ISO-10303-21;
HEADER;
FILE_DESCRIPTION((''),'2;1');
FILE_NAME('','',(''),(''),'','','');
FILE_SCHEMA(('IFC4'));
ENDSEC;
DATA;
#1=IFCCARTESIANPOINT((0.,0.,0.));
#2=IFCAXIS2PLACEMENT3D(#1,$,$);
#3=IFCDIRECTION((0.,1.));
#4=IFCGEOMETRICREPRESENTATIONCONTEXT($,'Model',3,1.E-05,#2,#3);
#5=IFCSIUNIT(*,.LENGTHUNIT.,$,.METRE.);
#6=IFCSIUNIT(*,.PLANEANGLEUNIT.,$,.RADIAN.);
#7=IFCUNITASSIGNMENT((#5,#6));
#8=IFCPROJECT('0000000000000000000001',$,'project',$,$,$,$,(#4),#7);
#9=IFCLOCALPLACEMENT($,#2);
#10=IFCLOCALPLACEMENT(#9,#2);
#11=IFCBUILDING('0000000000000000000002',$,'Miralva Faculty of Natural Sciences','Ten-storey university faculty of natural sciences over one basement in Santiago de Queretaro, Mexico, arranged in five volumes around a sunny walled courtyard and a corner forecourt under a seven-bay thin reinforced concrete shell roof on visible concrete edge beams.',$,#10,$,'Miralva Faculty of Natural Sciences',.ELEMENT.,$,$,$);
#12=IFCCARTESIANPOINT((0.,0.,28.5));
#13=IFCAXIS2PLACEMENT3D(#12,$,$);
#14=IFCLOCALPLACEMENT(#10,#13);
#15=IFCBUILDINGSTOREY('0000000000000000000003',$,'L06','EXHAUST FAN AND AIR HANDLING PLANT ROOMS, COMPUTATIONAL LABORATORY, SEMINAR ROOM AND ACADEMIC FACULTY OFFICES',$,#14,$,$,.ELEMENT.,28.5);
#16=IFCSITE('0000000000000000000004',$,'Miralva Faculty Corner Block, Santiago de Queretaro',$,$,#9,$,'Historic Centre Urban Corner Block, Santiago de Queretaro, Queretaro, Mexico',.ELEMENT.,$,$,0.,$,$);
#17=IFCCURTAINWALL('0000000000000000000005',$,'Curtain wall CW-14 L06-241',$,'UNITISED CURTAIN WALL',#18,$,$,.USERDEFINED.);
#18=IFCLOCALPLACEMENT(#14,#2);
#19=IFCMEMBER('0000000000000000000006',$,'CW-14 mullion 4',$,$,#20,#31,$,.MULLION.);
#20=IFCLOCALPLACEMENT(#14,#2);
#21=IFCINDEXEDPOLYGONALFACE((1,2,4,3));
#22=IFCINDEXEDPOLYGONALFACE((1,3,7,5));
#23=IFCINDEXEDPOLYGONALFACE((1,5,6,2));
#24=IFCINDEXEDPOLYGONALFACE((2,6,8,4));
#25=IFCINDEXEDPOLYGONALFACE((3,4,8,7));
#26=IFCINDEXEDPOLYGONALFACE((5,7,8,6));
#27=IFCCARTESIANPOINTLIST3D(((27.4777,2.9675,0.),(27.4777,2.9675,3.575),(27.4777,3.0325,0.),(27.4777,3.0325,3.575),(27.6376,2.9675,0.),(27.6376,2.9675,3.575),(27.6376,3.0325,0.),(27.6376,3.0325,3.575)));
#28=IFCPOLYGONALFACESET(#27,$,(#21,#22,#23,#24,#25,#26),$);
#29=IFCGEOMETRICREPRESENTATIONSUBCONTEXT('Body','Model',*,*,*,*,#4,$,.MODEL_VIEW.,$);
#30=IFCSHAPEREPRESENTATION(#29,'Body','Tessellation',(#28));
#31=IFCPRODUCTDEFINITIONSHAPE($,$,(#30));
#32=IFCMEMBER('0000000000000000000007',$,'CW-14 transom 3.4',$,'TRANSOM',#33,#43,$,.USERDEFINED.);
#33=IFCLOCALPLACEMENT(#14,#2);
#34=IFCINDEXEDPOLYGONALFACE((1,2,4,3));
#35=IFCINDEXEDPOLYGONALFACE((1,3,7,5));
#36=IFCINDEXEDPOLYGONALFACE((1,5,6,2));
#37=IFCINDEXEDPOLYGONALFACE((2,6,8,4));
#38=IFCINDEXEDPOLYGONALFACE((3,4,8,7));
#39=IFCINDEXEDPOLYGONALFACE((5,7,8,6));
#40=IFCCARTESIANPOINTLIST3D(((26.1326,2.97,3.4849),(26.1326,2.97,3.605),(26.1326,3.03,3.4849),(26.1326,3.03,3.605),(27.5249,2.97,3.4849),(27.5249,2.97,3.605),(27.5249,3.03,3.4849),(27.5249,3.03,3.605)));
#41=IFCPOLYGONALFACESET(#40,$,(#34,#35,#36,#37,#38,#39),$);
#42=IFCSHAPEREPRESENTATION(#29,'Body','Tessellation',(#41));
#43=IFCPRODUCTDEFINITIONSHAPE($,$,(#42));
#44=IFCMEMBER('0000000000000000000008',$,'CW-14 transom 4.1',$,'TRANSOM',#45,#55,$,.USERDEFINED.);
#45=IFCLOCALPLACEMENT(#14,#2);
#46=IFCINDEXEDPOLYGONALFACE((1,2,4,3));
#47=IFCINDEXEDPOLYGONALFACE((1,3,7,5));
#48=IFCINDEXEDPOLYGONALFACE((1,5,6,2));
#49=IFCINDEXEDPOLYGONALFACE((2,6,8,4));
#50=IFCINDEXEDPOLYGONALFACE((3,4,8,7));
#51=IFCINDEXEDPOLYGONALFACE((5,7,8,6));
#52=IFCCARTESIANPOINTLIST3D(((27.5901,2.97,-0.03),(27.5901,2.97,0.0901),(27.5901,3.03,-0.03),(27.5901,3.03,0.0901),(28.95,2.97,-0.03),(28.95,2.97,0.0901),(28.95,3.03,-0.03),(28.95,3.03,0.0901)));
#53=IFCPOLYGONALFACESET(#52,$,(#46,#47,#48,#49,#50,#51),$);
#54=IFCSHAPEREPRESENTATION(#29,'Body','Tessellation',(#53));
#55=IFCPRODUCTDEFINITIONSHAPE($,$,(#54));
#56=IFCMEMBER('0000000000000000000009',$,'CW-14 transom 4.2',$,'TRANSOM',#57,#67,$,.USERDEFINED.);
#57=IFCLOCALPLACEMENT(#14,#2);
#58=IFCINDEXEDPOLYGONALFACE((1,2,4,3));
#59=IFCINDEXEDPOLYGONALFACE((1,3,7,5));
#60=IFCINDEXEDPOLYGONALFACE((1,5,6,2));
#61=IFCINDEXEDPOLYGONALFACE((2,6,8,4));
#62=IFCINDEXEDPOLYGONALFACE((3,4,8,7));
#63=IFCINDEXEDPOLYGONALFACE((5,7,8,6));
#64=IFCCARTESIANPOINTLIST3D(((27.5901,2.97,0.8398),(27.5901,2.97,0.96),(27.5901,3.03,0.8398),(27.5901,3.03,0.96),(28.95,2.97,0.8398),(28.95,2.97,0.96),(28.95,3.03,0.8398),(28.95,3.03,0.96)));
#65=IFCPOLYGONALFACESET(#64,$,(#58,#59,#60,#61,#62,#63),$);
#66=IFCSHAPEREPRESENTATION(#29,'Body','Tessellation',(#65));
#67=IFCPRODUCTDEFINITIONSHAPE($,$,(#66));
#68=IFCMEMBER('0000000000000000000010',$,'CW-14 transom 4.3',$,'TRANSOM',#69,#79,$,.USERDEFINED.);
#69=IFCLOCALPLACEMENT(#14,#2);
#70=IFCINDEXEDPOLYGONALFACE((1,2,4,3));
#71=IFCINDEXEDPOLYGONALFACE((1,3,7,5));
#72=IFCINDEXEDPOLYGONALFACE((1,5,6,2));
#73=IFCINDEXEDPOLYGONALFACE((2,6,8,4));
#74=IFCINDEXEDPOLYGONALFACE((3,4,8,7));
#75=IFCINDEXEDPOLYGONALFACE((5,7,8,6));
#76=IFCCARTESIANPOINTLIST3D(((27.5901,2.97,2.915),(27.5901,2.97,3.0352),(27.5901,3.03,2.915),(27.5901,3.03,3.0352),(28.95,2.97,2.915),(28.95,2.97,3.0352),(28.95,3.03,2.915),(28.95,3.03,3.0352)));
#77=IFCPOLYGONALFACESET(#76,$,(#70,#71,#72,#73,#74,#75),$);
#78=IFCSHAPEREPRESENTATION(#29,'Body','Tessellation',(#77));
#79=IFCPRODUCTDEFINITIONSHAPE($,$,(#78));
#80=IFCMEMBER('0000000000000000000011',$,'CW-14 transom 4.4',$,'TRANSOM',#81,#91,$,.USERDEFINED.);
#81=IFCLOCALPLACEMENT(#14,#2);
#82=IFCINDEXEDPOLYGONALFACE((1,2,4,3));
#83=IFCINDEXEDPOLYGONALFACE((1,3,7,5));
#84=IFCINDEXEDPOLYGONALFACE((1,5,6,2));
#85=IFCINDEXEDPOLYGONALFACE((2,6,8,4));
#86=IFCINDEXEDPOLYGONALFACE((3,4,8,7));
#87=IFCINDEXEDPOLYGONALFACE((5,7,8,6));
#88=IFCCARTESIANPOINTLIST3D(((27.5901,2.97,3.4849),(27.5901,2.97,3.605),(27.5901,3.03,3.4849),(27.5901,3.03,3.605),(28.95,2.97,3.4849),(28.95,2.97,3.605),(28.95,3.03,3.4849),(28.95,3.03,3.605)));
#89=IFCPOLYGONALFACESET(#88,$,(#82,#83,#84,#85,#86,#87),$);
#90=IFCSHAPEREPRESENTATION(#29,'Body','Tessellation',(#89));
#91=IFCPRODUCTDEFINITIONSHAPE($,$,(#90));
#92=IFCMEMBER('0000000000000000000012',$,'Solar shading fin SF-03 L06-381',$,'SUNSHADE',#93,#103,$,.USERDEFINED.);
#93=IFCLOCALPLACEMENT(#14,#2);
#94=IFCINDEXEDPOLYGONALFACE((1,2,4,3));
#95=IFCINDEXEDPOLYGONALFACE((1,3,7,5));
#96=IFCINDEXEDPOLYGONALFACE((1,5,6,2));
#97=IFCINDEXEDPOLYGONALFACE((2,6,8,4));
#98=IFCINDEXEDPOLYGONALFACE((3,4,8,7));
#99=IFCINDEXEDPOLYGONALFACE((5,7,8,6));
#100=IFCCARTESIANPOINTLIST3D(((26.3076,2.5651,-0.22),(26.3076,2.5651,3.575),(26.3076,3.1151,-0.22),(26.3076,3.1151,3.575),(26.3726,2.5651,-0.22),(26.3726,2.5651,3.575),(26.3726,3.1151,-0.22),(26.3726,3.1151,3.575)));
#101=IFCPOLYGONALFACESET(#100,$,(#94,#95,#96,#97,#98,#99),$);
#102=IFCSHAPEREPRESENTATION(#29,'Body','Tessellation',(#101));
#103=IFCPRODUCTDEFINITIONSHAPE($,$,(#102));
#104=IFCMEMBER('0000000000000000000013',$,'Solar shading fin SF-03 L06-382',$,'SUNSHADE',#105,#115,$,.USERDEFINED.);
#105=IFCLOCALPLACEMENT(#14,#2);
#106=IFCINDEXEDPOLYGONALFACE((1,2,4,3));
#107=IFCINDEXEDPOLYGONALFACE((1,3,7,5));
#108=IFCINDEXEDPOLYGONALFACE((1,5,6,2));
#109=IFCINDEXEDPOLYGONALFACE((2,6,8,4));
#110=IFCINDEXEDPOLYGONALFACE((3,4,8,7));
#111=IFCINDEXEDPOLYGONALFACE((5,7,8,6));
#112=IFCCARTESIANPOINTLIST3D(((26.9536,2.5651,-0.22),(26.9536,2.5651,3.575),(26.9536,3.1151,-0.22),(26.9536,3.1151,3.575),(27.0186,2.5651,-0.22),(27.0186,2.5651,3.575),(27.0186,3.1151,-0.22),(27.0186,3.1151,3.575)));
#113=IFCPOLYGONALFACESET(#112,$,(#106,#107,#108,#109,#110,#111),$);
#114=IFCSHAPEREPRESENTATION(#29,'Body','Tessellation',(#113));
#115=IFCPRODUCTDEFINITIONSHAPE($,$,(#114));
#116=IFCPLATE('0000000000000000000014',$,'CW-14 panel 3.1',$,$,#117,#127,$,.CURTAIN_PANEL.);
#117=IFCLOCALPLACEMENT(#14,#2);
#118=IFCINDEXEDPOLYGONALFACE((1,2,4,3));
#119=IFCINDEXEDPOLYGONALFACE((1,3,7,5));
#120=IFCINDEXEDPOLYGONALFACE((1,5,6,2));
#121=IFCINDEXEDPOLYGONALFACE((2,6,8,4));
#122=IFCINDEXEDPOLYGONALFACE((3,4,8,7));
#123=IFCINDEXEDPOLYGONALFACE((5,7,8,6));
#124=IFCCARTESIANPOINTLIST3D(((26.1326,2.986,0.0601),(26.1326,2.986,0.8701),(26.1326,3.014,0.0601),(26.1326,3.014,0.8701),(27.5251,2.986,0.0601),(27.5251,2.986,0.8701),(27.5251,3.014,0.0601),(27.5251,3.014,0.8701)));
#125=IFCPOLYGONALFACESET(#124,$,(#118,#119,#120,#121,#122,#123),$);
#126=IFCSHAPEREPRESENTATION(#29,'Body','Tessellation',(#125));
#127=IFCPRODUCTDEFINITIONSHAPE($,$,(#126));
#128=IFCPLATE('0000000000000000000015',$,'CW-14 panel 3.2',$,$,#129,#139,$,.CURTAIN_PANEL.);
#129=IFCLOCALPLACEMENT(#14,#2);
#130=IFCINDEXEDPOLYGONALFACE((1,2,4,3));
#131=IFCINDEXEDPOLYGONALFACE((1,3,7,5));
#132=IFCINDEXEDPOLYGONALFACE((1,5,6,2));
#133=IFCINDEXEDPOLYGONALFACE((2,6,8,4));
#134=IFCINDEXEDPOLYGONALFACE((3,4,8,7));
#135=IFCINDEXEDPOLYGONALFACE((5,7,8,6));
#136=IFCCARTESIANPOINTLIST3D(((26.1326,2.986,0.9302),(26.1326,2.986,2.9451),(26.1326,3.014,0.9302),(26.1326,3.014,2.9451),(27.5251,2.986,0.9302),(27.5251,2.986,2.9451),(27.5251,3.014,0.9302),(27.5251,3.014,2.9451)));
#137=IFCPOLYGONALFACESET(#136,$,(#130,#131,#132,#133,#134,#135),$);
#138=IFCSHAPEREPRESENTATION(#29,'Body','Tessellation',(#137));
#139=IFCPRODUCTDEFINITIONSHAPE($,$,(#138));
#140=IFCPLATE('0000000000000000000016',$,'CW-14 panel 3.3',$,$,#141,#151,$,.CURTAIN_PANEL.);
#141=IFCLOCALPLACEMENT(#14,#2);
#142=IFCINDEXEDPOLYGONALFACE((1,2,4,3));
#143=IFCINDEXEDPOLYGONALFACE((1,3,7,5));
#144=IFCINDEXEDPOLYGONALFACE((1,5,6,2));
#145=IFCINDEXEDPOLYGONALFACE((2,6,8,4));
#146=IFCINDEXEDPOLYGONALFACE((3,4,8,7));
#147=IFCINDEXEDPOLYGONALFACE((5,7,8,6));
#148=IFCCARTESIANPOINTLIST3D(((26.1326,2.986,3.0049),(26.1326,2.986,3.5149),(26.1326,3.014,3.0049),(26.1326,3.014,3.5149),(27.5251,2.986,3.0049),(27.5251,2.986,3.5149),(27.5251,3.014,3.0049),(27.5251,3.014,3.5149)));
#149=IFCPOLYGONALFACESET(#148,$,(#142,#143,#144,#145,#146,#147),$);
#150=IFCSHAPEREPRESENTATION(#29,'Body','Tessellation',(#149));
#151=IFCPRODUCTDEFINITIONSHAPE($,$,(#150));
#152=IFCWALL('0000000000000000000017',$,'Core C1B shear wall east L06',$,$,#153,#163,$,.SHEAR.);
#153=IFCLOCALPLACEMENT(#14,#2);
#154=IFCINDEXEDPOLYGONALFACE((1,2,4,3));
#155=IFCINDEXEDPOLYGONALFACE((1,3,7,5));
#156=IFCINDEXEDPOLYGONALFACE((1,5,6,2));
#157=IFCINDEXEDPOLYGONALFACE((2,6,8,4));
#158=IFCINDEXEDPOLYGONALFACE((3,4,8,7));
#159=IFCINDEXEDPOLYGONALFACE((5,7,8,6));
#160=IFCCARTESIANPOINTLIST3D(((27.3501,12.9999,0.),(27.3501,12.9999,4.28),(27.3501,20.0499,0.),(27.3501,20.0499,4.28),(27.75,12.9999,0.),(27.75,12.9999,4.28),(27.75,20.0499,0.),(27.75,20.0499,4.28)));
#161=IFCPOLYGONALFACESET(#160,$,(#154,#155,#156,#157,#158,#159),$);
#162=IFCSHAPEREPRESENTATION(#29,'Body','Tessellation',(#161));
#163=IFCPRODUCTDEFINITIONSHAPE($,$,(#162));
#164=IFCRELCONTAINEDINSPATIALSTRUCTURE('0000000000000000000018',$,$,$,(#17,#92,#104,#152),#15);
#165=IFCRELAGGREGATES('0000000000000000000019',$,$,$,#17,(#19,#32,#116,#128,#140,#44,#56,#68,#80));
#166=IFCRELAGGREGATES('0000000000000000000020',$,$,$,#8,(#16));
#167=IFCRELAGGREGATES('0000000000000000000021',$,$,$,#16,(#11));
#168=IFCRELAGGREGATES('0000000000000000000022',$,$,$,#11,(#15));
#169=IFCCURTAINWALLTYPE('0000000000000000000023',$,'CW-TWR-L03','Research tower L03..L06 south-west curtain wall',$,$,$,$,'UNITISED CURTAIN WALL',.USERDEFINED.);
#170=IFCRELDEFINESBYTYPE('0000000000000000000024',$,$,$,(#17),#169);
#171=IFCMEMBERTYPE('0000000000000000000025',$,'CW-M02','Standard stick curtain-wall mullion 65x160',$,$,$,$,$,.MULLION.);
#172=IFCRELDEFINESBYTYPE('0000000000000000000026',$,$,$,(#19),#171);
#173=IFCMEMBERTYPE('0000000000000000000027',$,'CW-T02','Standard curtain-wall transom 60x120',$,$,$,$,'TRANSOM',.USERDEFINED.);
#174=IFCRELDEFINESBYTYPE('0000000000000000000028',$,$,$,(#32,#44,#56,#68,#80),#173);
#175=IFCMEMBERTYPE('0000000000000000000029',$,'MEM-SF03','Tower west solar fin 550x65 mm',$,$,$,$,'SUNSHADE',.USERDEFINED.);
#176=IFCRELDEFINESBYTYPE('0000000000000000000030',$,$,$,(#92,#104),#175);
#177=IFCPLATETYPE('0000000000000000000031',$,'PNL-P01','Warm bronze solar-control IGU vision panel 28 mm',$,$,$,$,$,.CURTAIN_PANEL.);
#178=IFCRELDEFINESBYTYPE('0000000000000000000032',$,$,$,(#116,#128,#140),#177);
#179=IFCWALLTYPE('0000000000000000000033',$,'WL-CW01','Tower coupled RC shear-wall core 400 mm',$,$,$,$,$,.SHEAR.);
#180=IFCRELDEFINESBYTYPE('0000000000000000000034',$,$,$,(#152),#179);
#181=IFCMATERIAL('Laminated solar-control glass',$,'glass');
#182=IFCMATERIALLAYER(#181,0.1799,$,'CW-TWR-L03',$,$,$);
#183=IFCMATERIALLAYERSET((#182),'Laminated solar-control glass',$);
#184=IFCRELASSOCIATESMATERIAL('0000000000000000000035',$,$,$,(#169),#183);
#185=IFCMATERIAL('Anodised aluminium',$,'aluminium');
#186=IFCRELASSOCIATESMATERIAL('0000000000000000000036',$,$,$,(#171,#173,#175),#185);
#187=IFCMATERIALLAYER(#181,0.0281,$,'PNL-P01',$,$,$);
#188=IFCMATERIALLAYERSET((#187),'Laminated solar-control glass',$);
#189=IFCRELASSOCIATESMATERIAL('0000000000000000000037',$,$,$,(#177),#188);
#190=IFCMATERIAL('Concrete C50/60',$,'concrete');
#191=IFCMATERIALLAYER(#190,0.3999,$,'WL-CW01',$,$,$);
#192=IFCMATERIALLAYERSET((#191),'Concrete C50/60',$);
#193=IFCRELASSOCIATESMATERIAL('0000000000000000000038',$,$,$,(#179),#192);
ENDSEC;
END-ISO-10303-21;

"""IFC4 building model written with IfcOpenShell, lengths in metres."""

from ifc_helpers import new_model, si_unit, direction, frame, frame_2d, origin, origin_2d, place, context, subcontext, project, spatial, rectangle, extrude, material, layer, layer_set, material_profile, profile_set, type_object, element, aggregate, save


model = new_model("IFC4")

# Units and contexts
model_context = context("Model", 3, precision=1e-05, world=origin(), true_north=direction((0.0, 1.0)))
body_context = subcontext(model_context, "Body", "Model", "MODEL_VIEW")
ifc_project = project(units=[si_unit("LENGTHUNIT", "METRE"), si_unit("PLANEANGLEUNIT", "RADIAN")], contexts=[model_context])

# Site, building, storey
site_placement = place(None, origin())
site = spatial("IfcSite", under=ifc_project, at=site_placement, Name="Miralva Faculty Corner Block, Santiago de Queretaro", LongName="Historic Centre Urban Corner Block, Santiago de Queretaro, Queretaro, Mexico", CompositionType="ELEMENT", RefElevation=0.0)
building_placement = place(site_placement, origin())
building = spatial("IfcBuilding", under=site, at=building_placement, Name="Miralva Faculty of Natural Sciences", Description="Ten-storey university faculty of natural sciences over one basement in Santiago de Queretaro, Mexico, arranged in five volumes around a sunny walled courtyard and a corner forecourt under a seven-bay thin reinforced concrete shell roof on visible concrete edge beams.", LongName="Miralva Faculty of Natural Sciences", CompositionType="ELEMENT")
storey_placement = place(building_placement, frame((0.0, 0.0, 28.5)))
storey = spatial("IfcBuildingStorey", under=building, at=storey_placement, Name="L06", Description="EXHAUST FAN AND AIR HANDLING PLANT ROOMS, COMPUTATIONAL LABORATORY, SEMINAR ROOM AND ACADEMIC FACULTY OFFICES", CompositionType="ELEMENT", Elevation=28.5)

# Curtain wall, members
ifc_material_1 = material(Name="Laminated solar-control glass", Category="glass")
ifc_layer_1 = layer(ifc_material_1, 0.1799, Name="CW-TWR-L03")
ifc_layer_set_1 = layer_set([ifc_layer_1], Name="Laminated solar-control glass")
curtain_wall_type = type_object("IfcCurtainWallType", Name="CW-TWR-L03", Description="Research tower L03..L06 south-west curtain wall", ElementType="UNITISED CURTAIN WALL", PredefinedType="USERDEFINED", material=ifc_layer_set_1)
curtain_wall_placement = place(storey_placement, origin())
curtain_wall = element("IfcCurtainWall", 1, at=curtain_wall_placement, inside=storey, type_object=curtain_wall_type, Name="Curtain wall CW-14 L06-241", ObjectType="UNITISED CURTAIN WALL", PredefinedType="USERDEFINED")
ifc_material_2 = material(Name="Anodised aluminium", Category="aluminium")
ifc_material_profile_1 = material_profile(ifc_material_2, rectangle(XDim=0.0649, YDim=0.1599, at=origin_2d()), Name="MULLION 65x160")
ifc_profile_set_1 = profile_set([ifc_material_profile_1], Name="Anodised aluminium")
member_type_1 = type_object("IfcMemberType", Name="CW-M02", Description="Standard stick curtain-wall mullion 65x160", PredefinedType="MULLION", material=ifc_profile_set_1)
member_1_placement = place(storey_placement, frame((27.5576, 3.0, 0.0), z_axis=(0.0, 0.0, 1.0), x_axis=(0.0, 1.0, 0.0)))
member_1 = element("IfcMember", 2, at=member_1_placement, type_object=member_type_1, Name="CW-14 mullion 4", PredefinedType="MULLION", context=body_context, shape_type="SweptSolid", body=[
    extrude(rectangle(XDim=0.0649, YDim=0.1599, at=origin_2d()), origin(), (0.0, 0.0, 1.0), 3.575),
])
ifc_material_profile_2 = material_profile(ifc_material_2, rectangle(XDim=0.0601, YDim=0.1201, at=origin_2d()), Name="TRANSOM 60x120")
ifc_profile_set_2 = profile_set([ifc_material_profile_2], Name="Anodised aluminium")
member_type_2 = type_object("IfcMemberType", Name="CW-T02", Description="Standard curtain-wall transom 60x120", ElementType="TRANSOM", PredefinedType="USERDEFINED", material=ifc_profile_set_2)
member_2_placement = place(storey_placement, frame((26.1326, 3.0, 3.5449), z_axis=(1.0, 0.0, 0.0), x_axis=(0.0, 1.0, 0.0)))
member_2 = element("IfcMember", 3, at=member_2_placement, type_object=member_type_2, Name="CW-14 transom 3.4", ObjectType="TRANSOM", PredefinedType="USERDEFINED", context=body_context, shape_type="SweptSolid", body=[
    extrude(rectangle(XDim=0.0601, YDim=0.1201, at=origin_2d()), origin(), (0.0, 0.0, 1.0), 1.3923),
])
member_3_placement = place(storey_placement, frame((27.5901, 3.0, 0.03), z_axis=(1.0, 0.0, 0.0), x_axis=(0.0, 1.0, 0.0)))
member_3 = element("IfcMember", 4, at=member_3_placement, type_object=member_type_2, Name="CW-14 transom 4.1", ObjectType="TRANSOM", PredefinedType="USERDEFINED", context=body_context, shape_type="SweptSolid", body=[
    extrude(rectangle(XDim=0.0601, YDim=0.1201, at=origin_2d()), origin(), (0.0, 0.0, 1.0), 1.3599),
])
member_4_placement = place(storey_placement, frame((27.5901, 3.0, 0.8999), z_axis=(1.0, 0.0, 0.0), x_axis=(0.0, 1.0, 0.0)))
member_4 = element("IfcMember", 5, at=member_4_placement, type_object=member_type_2, Name="CW-14 transom 4.2", ObjectType="TRANSOM", PredefinedType="USERDEFINED", context=body_context, shape_type="SweptSolid", body=[
    extrude(rectangle(XDim=0.0601, YDim=0.1201, at=origin_2d()), origin(), (0.0, 0.0, 1.0), 1.3599),
])
member_5_placement = place(storey_placement, frame((27.5901, 3.0, 2.9751), z_axis=(1.0, 0.0, 0.0), x_axis=(0.0, 1.0, 0.0)))
member_5 = element("IfcMember", 6, at=member_5_placement, type_object=member_type_2, Name="CW-14 transom 4.3", ObjectType="TRANSOM", PredefinedType="USERDEFINED", context=body_context, shape_type="SweptSolid", body=[
    extrude(rectangle(XDim=0.0601, YDim=0.1201, at=origin_2d()), origin(), (0.0, 0.0, 1.0), 1.3599),
])
member_6_placement = place(storey_placement, frame((27.5901, 3.0, 3.5449), z_axis=(1.0, 0.0, 0.0), x_axis=(0.0, 1.0, 0.0)))
member_6 = element("IfcMember", 7, at=member_6_placement, type_object=member_type_2, Name="CW-14 transom 4.4", ObjectType="TRANSOM", PredefinedType="USERDEFINED", context=body_context, shape_type="SweptSolid", body=[
    extrude(rectangle(XDim=0.0601, YDim=0.1201, at=origin_2d()), origin(), (0.0, 0.0, 1.0), 1.3599),
])

# Members
ifc_material_profile_3 = material_profile(ifc_material_2, rectangle(XDim=0.0649, YDim=0.55, at=origin_2d()), Name="FIN 550x65")
ifc_profile_set_3 = profile_set([ifc_material_profile_3], Name="Anodised aluminium")
member_type_3 = type_object("IfcMemberType", Name="MEM-SF03", Description="Tower west solar fin 550x65 mm", ElementType="SUNSHADE", PredefinedType="USERDEFINED", material=ifc_profile_set_3)
for number, where, z_axis, x_axis, name in (
    (8, (26.3401, 2.8401, -0.22), (0.0, 0.0, 1.0), (1.0, 0.0, 0.0), "Solar shading fin SF-03 L06-381"),
    (9, (26.9861, 2.8401, -0.22), (0.0, 0.0, 1.0), (1.0, 0.0, 0.0), "Solar shading fin SF-03 L06-382"),
):
    element("IfcMember", number, at=place(storey_placement, frame(where, z_axis=z_axis, x_axis=x_axis)), inside=storey, type_object=member_type_3, Name=name, ObjectType="SUNSHADE", PredefinedType="USERDEFINED", context=body_context, shape_type="SweptSolid", body=[
        extrude(rectangle(XDim=0.0649, YDim=0.55, at=origin_2d()), origin(), (0.0, 0.0, 1.0), 3.7949),
    ])

# Plates
ifc_layer_2 = layer(ifc_material_1, 0.0281, Name="PNL-P01")
ifc_layer_set_2 = layer_set([ifc_layer_2], Name="Laminated solar-control glass")
plate_type = type_object("IfcPlateType", Name="PNL-P01", Description="Warm bronze solar-control IGU vision panel 28 mm", PredefinedType="CURTAIN_PANEL", material=ifc_layer_set_2)
plate_1_placement = place(storey_placement, frame((26.8289, 3.0, 0.0601), z_axis=(0.0, 0.0, 1.0), x_axis=(1.0, 0.0, 0.0)))
plate_1 = element("IfcPlate", 10, at=plate_1_placement, type_object=plate_type, Name="CW-14 panel 3.1", PredefinedType="CURTAIN_PANEL", context=body_context, shape_type="SweptSolid", body=[
    extrude(rectangle(XDim=1.3926, YDim=0.0281, at=origin_2d()), origin(), (0.0, 0.0, 1.0), 0.8101),
])
plate_2_placement = place(storey_placement, frame((26.8289, 3.0, 0.9302), z_axis=(0.0, 0.0, 1.0), x_axis=(1.0, 0.0, 0.0)))
plate_2 = element("IfcPlate", 11, at=plate_2_placement, type_object=plate_type, Name="CW-14 panel 3.2", PredefinedType="CURTAIN_PANEL", context=body_context, shape_type="SweptSolid", body=[
    extrude(rectangle(XDim=1.3926, YDim=0.0281, at=origin_2d()), origin(), (0.0, 0.0, 1.0), 2.0149),
])
plate_3_placement = place(storey_placement, frame((26.8289, 3.0, 3.0049), z_axis=(0.0, 0.0, 1.0), x_axis=(1.0, 0.0, 0.0)))
plate_3 = element("IfcPlate", 12, at=plate_3_placement, type_object=plate_type, Name="CW-14 panel 3.3", PredefinedType="CURTAIN_PANEL", context=body_context, shape_type="SweptSolid", body=[
    extrude(rectangle(XDim=1.3926, YDim=0.0281, at=origin_2d()), origin(), (0.0, 0.0, 1.0), 0.51),
])
aggregate(curtain_wall, [member_1, member_2, plate_1, plate_2, plate_3, member_3, member_4, member_5, member_6])

# Wall
ifc_material_3 = material(Name="Concrete C50/60", Category="concrete")
ifc_layer_3 = layer(ifc_material_3, 0.3999, Name="WL-CW01")
ifc_layer_set_3 = layer_set([ifc_layer_3], Name="Concrete C50/60")
wall_type = type_object("IfcWallType", Name="WL-CW01", Description="Tower coupled RC shear-wall core 400 mm", PredefinedType="SHEAR", material=ifc_layer_set_3)
wall_placement = place(storey_placement, frame((27.55, 13.0, 0.0), z_axis=(0.0, 0.0, 1.0), x_axis=(0.0, 1.0, 0.0)))
element("IfcWall", 13, at=wall_placement, inside=storey, type_object=wall_type, Name="Core C1B shear wall east L06", PredefinedType="SHEAR", context=body_context, shape_type="SweptSolid", body=[
    extrude(rectangle(XDim=7.05, YDim=0.3999, at=frame_2d((3.5249, 0.0))), origin(), (0.0, 0.0, 1.0), 4.28),
])

save(model, "model.ifc")
